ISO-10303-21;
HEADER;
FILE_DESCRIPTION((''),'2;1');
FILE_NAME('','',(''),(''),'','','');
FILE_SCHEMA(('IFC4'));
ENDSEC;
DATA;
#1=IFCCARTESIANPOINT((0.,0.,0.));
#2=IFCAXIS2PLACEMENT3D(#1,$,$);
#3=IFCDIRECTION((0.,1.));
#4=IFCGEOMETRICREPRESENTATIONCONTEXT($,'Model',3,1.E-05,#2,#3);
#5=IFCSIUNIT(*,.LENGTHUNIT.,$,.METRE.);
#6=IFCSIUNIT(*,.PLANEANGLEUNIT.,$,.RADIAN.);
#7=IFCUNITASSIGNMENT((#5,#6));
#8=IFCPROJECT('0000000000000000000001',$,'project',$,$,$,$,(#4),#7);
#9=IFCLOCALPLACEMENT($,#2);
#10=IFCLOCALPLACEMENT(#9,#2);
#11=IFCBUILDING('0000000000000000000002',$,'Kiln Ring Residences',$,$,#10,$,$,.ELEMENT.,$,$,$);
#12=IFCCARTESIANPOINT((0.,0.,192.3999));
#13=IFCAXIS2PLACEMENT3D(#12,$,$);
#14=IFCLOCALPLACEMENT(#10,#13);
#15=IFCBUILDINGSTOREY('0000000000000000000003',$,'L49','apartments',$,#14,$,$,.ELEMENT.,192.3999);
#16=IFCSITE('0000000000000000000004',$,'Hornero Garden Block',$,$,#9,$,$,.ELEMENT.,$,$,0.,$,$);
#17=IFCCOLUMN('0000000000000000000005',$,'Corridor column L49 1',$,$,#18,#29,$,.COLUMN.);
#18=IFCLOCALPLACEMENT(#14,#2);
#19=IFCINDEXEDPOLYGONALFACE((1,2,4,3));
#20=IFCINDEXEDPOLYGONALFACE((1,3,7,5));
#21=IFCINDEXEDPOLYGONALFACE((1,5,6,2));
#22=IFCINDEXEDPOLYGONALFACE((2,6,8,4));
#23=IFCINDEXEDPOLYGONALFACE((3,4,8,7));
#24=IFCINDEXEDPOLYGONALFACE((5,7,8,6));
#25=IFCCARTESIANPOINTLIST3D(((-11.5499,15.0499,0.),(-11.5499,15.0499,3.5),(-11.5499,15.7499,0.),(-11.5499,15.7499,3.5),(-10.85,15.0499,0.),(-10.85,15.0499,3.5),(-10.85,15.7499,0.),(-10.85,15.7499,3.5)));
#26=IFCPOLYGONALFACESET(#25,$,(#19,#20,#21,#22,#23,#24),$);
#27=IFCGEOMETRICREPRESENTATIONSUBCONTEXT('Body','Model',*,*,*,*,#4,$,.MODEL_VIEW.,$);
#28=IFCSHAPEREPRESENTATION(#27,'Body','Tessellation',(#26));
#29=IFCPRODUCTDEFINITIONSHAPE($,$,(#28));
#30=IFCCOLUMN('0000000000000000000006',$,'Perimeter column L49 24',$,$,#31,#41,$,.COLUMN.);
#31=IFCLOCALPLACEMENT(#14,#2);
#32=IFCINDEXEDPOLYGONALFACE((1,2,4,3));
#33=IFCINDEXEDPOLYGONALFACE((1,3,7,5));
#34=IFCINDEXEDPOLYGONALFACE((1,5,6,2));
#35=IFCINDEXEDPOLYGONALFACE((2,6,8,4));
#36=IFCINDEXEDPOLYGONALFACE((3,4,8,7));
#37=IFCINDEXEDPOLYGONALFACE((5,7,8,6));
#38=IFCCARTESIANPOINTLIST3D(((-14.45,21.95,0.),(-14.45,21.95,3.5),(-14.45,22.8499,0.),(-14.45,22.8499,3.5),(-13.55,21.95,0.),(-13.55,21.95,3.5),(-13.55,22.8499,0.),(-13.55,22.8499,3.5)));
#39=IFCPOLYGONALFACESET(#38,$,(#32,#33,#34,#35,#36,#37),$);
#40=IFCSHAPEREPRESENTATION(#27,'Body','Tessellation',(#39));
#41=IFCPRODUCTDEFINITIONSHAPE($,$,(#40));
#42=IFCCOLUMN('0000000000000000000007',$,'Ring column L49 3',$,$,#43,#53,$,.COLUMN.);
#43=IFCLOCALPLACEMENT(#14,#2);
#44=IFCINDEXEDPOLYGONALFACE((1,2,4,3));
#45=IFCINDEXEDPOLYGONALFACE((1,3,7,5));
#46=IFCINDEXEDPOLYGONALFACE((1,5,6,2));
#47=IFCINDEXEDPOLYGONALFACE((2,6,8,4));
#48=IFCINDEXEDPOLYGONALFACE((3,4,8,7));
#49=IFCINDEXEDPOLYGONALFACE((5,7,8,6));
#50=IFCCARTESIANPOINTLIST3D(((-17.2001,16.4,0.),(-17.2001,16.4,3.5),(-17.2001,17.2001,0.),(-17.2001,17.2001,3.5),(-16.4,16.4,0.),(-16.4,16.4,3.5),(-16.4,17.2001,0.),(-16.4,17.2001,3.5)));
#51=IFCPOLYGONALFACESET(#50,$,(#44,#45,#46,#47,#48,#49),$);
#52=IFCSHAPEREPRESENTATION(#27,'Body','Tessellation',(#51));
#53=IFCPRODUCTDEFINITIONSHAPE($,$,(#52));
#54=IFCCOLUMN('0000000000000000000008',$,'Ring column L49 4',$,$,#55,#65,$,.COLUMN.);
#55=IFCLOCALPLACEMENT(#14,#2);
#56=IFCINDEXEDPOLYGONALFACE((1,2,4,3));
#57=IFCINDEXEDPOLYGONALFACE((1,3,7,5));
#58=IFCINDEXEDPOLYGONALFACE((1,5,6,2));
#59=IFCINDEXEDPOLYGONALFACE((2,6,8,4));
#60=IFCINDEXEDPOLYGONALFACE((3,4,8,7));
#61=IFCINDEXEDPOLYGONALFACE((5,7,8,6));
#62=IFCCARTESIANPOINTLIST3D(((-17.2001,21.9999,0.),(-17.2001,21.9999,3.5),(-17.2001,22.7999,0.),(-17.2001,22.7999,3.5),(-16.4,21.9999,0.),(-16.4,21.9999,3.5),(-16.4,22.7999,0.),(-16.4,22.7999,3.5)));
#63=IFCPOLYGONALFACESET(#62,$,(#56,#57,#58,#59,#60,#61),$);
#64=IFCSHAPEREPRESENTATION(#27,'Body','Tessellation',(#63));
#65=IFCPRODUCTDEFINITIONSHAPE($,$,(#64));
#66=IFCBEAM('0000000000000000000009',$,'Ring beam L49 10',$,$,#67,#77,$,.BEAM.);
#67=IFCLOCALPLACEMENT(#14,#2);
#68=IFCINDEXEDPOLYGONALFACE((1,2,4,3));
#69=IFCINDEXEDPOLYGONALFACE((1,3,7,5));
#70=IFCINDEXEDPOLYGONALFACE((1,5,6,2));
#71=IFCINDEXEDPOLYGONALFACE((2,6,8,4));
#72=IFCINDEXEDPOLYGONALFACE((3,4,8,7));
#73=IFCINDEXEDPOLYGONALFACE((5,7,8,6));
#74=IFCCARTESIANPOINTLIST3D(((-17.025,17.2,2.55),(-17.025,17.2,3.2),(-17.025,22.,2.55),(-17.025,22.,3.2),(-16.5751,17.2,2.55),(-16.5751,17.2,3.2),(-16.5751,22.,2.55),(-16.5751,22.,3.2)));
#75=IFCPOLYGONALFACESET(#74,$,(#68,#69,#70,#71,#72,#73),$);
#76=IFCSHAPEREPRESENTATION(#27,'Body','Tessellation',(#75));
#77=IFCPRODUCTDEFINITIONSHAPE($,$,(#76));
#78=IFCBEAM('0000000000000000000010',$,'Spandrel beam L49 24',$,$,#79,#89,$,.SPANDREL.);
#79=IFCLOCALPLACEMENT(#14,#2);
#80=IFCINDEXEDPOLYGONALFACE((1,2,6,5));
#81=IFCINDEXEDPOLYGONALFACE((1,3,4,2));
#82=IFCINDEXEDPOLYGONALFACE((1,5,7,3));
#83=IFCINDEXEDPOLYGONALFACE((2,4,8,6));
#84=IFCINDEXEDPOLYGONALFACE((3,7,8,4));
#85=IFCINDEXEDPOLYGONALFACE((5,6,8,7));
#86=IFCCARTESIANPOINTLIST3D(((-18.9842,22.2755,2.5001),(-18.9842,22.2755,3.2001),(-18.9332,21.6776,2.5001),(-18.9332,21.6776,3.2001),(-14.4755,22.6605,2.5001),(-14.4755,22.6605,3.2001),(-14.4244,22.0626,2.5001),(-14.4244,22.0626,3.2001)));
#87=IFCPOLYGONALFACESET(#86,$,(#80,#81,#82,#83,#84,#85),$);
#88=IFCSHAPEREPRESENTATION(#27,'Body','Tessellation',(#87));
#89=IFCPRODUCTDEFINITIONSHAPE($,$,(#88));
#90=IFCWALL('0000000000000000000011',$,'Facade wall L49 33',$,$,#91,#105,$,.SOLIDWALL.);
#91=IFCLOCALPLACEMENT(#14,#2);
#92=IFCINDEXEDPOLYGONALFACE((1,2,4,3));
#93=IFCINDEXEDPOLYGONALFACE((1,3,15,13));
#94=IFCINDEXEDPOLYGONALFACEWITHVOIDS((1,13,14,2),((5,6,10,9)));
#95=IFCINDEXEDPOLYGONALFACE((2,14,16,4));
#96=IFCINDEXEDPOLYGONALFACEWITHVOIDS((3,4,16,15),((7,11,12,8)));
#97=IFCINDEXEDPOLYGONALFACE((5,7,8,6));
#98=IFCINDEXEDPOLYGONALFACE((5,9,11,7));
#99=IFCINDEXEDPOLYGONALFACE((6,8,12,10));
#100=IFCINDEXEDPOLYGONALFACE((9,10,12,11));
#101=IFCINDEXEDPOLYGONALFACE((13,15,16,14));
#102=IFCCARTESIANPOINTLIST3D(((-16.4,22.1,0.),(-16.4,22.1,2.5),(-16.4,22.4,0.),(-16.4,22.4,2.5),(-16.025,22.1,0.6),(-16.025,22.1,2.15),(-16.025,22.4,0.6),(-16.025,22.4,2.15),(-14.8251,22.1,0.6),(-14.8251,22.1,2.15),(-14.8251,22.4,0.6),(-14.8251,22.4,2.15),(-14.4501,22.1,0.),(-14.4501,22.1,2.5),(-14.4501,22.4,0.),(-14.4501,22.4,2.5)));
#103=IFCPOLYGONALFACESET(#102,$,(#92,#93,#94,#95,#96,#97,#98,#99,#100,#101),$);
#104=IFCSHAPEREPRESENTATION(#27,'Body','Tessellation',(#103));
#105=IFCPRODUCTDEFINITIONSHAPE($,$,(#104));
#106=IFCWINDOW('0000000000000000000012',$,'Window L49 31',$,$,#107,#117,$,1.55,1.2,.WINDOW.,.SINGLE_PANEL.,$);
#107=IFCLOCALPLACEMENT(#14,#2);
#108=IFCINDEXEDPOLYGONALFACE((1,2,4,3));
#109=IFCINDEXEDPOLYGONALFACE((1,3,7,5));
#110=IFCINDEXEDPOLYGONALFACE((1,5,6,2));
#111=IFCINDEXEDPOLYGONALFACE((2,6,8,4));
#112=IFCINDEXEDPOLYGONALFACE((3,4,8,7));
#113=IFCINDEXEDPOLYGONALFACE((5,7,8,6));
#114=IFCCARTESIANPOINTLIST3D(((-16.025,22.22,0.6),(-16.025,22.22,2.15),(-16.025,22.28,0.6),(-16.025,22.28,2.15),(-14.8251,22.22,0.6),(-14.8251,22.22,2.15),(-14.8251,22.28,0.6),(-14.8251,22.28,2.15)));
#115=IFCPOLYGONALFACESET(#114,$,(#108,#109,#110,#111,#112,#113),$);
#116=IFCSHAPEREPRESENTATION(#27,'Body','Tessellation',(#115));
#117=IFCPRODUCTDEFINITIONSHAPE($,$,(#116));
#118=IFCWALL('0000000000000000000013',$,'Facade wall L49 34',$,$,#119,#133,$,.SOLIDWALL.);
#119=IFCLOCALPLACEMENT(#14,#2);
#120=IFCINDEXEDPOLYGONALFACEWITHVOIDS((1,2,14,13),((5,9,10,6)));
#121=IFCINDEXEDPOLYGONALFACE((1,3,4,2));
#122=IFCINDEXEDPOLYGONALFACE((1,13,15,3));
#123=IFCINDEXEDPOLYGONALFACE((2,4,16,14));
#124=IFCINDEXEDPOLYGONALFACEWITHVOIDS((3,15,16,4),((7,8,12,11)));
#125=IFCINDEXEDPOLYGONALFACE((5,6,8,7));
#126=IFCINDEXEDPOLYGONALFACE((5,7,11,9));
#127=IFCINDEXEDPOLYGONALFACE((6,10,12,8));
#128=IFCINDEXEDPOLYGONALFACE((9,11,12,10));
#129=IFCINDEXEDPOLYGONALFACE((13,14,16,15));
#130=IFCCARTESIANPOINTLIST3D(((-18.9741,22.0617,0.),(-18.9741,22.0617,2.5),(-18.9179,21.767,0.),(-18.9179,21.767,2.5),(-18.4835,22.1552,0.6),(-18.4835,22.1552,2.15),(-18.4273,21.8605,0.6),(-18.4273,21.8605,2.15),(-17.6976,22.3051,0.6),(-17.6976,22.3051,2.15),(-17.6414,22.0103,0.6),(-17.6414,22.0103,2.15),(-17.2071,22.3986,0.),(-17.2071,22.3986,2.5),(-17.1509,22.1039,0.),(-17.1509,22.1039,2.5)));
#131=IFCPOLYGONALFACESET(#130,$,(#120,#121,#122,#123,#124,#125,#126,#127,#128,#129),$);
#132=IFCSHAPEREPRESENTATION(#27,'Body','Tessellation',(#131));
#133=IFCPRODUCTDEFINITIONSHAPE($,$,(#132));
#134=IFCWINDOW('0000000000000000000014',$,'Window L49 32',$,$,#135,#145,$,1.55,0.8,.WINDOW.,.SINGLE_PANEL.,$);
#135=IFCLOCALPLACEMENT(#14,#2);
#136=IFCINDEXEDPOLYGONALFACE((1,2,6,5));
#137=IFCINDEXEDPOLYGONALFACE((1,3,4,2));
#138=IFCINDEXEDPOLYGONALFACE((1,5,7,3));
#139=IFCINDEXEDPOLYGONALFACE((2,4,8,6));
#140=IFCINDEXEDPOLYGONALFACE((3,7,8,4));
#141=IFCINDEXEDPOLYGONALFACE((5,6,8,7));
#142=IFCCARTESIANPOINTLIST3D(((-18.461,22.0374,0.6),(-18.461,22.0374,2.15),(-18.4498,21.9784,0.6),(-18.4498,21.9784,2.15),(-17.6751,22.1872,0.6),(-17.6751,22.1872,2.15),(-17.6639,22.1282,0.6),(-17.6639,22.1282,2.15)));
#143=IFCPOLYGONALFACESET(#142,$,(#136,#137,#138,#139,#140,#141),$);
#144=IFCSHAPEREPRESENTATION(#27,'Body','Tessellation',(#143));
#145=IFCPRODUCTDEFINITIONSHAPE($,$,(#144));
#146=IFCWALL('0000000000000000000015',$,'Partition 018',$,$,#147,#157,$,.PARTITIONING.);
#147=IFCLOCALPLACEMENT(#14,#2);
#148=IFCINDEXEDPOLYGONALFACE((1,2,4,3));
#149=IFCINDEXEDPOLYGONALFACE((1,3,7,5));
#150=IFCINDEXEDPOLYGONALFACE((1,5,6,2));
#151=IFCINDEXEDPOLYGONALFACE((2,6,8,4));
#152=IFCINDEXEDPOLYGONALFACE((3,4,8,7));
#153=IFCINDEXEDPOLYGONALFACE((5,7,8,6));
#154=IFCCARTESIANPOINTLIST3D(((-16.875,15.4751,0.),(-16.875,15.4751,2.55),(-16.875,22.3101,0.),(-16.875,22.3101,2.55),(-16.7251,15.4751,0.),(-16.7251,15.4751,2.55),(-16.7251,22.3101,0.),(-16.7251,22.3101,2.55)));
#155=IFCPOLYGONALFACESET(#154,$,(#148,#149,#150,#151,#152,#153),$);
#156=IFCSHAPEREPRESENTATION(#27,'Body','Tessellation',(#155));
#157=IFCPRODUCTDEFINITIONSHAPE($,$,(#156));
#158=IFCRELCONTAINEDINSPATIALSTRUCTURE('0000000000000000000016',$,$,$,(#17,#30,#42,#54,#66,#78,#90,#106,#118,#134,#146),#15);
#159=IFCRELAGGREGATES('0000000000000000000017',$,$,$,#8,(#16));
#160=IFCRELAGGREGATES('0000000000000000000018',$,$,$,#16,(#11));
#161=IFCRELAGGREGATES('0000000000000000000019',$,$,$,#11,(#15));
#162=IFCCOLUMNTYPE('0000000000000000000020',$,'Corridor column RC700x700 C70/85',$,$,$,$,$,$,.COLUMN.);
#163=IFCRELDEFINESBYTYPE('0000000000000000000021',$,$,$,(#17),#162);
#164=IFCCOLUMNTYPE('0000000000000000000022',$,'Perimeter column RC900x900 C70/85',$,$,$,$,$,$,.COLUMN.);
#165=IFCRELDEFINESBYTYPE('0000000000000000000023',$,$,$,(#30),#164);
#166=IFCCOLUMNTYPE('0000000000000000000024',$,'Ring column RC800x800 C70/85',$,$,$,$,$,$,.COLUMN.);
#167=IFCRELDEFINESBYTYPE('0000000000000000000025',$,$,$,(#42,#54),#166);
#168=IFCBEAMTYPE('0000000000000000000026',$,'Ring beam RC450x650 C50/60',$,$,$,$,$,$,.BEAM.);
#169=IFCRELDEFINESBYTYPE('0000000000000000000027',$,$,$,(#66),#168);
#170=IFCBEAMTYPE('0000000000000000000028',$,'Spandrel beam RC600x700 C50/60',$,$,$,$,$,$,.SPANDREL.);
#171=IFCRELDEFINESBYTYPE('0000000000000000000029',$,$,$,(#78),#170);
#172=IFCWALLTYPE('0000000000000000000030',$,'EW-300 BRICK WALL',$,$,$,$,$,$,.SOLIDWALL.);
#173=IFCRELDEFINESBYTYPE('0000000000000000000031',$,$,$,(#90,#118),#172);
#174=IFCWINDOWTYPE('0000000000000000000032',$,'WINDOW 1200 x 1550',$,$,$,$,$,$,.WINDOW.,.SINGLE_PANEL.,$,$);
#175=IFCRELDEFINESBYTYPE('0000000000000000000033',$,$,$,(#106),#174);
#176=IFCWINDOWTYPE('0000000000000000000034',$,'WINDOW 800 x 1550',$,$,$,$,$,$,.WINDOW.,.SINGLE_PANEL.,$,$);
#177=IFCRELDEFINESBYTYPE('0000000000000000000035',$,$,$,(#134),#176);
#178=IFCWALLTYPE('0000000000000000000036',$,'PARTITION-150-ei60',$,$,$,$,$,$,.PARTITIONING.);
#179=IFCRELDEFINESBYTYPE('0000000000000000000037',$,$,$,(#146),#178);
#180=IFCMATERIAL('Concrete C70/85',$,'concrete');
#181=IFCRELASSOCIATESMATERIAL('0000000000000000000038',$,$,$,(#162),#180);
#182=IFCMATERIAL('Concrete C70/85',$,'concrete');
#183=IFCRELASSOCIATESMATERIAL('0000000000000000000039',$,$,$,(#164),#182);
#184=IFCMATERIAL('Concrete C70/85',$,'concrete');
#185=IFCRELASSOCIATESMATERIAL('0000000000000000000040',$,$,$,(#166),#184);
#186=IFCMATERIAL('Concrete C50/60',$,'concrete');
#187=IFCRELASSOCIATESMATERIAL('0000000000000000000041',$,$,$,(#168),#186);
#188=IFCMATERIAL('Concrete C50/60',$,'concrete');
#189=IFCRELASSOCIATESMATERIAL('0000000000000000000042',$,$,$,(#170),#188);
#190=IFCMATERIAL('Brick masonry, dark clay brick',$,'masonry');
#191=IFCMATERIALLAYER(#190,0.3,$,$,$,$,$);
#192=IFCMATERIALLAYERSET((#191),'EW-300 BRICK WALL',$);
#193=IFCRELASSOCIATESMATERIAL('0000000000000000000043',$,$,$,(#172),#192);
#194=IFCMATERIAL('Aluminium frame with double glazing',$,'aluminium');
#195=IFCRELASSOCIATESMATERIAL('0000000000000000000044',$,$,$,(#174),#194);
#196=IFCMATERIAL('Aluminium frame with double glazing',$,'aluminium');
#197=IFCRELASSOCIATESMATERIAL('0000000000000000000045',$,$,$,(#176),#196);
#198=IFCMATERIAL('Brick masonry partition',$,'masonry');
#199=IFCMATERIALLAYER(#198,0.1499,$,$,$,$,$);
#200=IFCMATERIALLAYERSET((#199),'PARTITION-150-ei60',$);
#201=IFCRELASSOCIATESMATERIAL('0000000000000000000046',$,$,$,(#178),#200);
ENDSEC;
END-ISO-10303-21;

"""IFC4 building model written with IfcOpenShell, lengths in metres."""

from ifc_helpers import new_model, si_unit, direction, frame, frame_2d, origin, origin_2d, place, context, subcontext, project, spatial, rectangle, extrude, material, layer, layer_set, material_profile, profile_set, type_object, element, fill, save


model = new_model("IFC4")

# Units and contexts
model_context = context("Model", 3, precision=1e-05, world=origin(), true_north=direction((0.0, 1.0)))
body_context = subcontext(model_context, "Body", "Model", "MODEL_VIEW")
ifc_project = project(units=[si_unit("LENGTHUNIT", "METRE"), si_unit("PLANEANGLEUNIT", "RADIAN")], contexts=[model_context])

# Site, building, storey
site_placement = place(None, origin())
site = spatial("IfcSite", under=ifc_project, at=site_placement, Name="Hornero Garden Block", CompositionType="ELEMENT", RefElevation=0.0)
building_placement = place(site_placement, origin())
building = spatial("IfcBuilding", under=site, at=building_placement, Name="Kiln Ring Residences", CompositionType="ELEMENT")
storey_placement = place(building_placement, frame((0.0, 0.0, 192.3999)))
storey = spatial("IfcBuildingStorey", under=building, at=storey_placement, Name="L49", Description="apartments", CompositionType="ELEMENT", Elevation=192.3999)

# Columns
ifc_material_1 = material(Name="Concrete C70/85", Category="concrete")
ifc_material_profile_1 = material_profile(ifc_material_1, rectangle(XDim=0.7, YDim=0.7, at=origin_2d()), Name="RC700x700")
ifc_profile_set_1 = profile_set([ifc_material_profile_1], Name="Concrete C70/85")
column_type_1 = type_object("IfcColumnType", Name="Corridor column RC700x700 C70/85", PredefinedType="COLUMN", material=ifc_profile_set_1)
column_1_placement = place(storey_placement, frame((-11.2, 15.3999, 0.0), z_axis=(0.0, 0.0, 1.0), x_axis=(1.0, 0.0, 0.0)))
element("IfcColumn", 1, at=column_1_placement, inside=storey, type_object=column_type_1, Name="Corridor column L49 1", PredefinedType="COLUMN", context=body_context, shape_type="SweptSolid", body=[
    extrude(rectangle(XDim=0.7, YDim=0.7, at=origin_2d()), origin(), (0.0, 0.0, 1.0), 3.5),
])
ifc_material_2 = material(Name="Concrete C70/85", Category="concrete")
ifc_material_profile_2 = material_profile(ifc_material_2, rectangle(XDim=0.8999, YDim=0.8999, at=origin_2d()), Name="RC900x900")
ifc_profile_set_2 = profile_set([ifc_material_profile_2], Name="Concrete C70/85")
column_type_2 = type_object("IfcColumnType", Name="Perimeter column RC900x900 C70/85", PredefinedType="COLUMN", material=ifc_profile_set_2)
column_2_placement = place(storey_placement, frame((-14.0, 22.3999, 0.0), z_axis=(0.0, 0.0, 1.0), x_axis=(1.0, 0.0, 0.0)))
element("IfcColumn", 2, at=column_2_placement, inside=storey, type_object=column_type_2, Name="Perimeter column L49 24", PredefinedType="COLUMN", context=body_context, shape_type="SweptSolid", body=[
    extrude(rectangle(XDim=0.8999, YDim=0.8999, at=origin_2d()), origin(), (0.0, 0.0, 1.0), 3.5),
])
ifc_material_3 = material(Name="Concrete C70/85", Category="concrete")
ifc_material_profile_3 = material_profile(ifc_material_3, rectangle(XDim=0.8, YDim=0.8, at=origin_2d()), Name="RC800x800")
ifc_profile_set_3 = profile_set([ifc_material_profile_3], Name="Concrete C70/85")
column_type_3 = type_object("IfcColumnType", Name="Ring column RC800x800 C70/85", PredefinedType="COLUMN", material=ifc_profile_set_3)
for number, where, z_axis, x_axis, name in (
    (3, (-16.8, 16.8, 0.0), (0.0, 0.0, 1.0), (1.0, 0.0, 0.0), "Ring column L49 3"),
    (4, (-16.8, 22.3999, 0.0), (0.0, 0.0, 1.0), (1.0, 0.0, 0.0), "Ring column L49 4"),
):
    element("IfcColumn", number, at=place(storey_placement, frame(where, z_axis=z_axis, x_axis=x_axis)), inside=storey, type_object=column_type_3, Name=name, PredefinedType="COLUMN", context=body_context, shape_type="SweptSolid", body=[
        extrude(rectangle(XDim=0.8, YDim=0.8, at=origin_2d()), origin(), (0.0, 0.0, 1.0), 3.5),
    ])

# Beams
ifc_material_4 = material(Name="Concrete C50/60", Category="concrete")
ifc_material_profile_4 = material_profile(ifc_material_4, rectangle(XDim=0.45, YDim=0.6499, at=origin_2d()), Name="RC450x650")
ifc_profile_set_4 = profile_set([ifc_material_profile_4], Name="Concrete C50/60")
beam_type_1 = type_object("IfcBeamType", Name="Ring beam RC450x650 C50/60", PredefinedType="BEAM", material=ifc_profile_set_4)
beam_1_placement = place(storey_placement, frame((-16.8, 17.2, 2.875), z_axis=(0.0, 1.0, 0.0), x_axis=(-1.0, 0.0, 0.0)))
element("IfcBeam", 5, at=beam_1_placement, inside=storey, type_object=beam_type_1, Name="Ring beam L49 10", PredefinedType="BEAM", context=body_context, shape_type="SweptSolid", body=[
    extrude(rectangle(XDim=0.45, YDim=0.6499, at=origin_2d()), origin(), (0.0, 0.0, 1.0), 4.8),
])
ifc_material_5 = material(Name="Concrete C50/60", Category="concrete")
ifc_material_profile_5 = material_profile(ifc_material_5, rectangle(XDim=0.6001, YDim=0.7, at=origin_2d()), Name="RC600x700")
ifc_profile_set_5 = profile_set([ifc_material_profile_5], Name="Concrete C50/60")
beam_type_2 = type_object("IfcBeamType", Name="Spandrel beam RC600x700 C50/60", PredefinedType="SPANDREL", material=ifc_profile_set_5)
beam_2_placement = place(storey_placement, frame((-14.45, 22.3616, 2.8501), z_axis=(-0.996374, -0.085081, 0.0), x_axis=(0.085081, -0.996374, 0.0)))
element("IfcBeam", 6, at=beam_2_placement, inside=storey, type_object=beam_type_2, Name="Spandrel beam L49 24", PredefinedType="SPANDREL", context=body_context, shape_type="SweptSolid", body=[
    extrude(rectangle(XDim=0.6001, YDim=0.7, at=origin_2d()), origin(), (0.0, 0.0, 1.0), 4.5251),
])

# Walls, openings, windows
ifc_material_6 = material(Name="Brick masonry, dark clay brick", Category="masonry")
ifc_layer_1 = layer(ifc_material_6, 0.3)
ifc_layer_set_1 = layer_set([ifc_layer_1], Name="EW-300 BRICK WALL")
wall_type_1 = type_object("IfcWallType", Name="EW-300 BRICK WALL", PredefinedType="SOLIDWALL", material=ifc_layer_set_1)
wall_1_placement = place(storey_placement, frame((-14.45, 22.25, 0.0), z_axis=(0.0, 0.0, 1.0), x_axis=(-1.0, 0.0, 0.0)))
wall_1 = element("IfcWall", 7, at=wall_1_placement, inside=storey, type_object=wall_type_1, Name="Facade wall L49 33", PredefinedType="SOLIDWALL", context=body_context, shape_type="SweptSolid", body=[
    extrude(rectangle(XDim=1.95, YDim=0.3, at=frame_2d((0.9751, 0.0))), origin(), (0.0, 0.0, 1.0), 2.5),
])
opening_1_placement = place(wall_1_placement, frame((0.375, 0.0, 0.6001)))
opening_1 = element("IfcOpeningElement", 8, at=opening_1_placement, cuts=wall_1, PredefinedType="OPENING", context=body_context, shape_type="SweptSolid", body=[
    extrude(rectangle(XDim=1.2, YDim=1.55, at=frame_2d((0.6001, 0.7749))), frame((0.0, 0.1599, 0.0), z_axis=(0.0, -1.0, 0.0), x_axis=(1.0, 0.0, 0.0)), (0.0, 0.0, 1.0), 0.3201),
])
ifc_material_7 = material(Name="Aluminium frame with double glazing", Category="aluminium")
window_type_1 = type_object("IfcWindowType", Name="WINDOW 1200 x 1550", PartitioningType="SINGLE_PANEL", PredefinedType="WINDOW", material=ifc_material_7)
window_1_placement = place(opening_1_placement, origin())
window_1 = element("IfcWindow", 9, at=window_1_placement, inside=storey, type_object=window_type_1, Name="Window L49 31", OverallHeight=1.55, OverallWidth=1.2, PartitioningType="SINGLE_PANEL", PredefinedType="WINDOW", context=body_context, shape_type="SweptSolid", body=[
    extrude(rectangle(XDim=1.2, YDim=1.55, at=frame_2d((0.6001, 0.7749))), frame((0.0, 0.03, 0.0), z_axis=(0.0, -1.0, 0.0), x_axis=(1.0, 0.0, 0.0)), (0.0, 0.0, 1.0), 0.0601),
])
fill(opening_1, window_1)
wall_2_placement = place(storey_placement, frame((-17.179, 22.2512, 0.0), z_axis=(0.0, 0.0, 1.0), x_axis=(-0.982305, -0.187287, 0.0)))
wall_2 = element("IfcWall", 10, at=wall_2_placement, inside=storey, type_object=wall_type_1, Name="Facade wall L49 34", PredefinedType="SOLIDWALL", context=body_context, shape_type="SweptSolid", body=[
    extrude(rectangle(XDim=1.7988, YDim=0.3, at=frame_2d((0.8994, 0.0))), origin(), (0.0, 0.0, 1.0), 2.5),
])
opening_2_placement = place(wall_2_placement, frame((0.4995, 0.0, 0.6001)))
opening_2 = element("IfcOpeningElement", 11, at=opening_2_placement, cuts=wall_2, PredefinedType="OPENING", context=body_context, shape_type="SweptSolid", body=[
    extrude(rectangle(XDim=0.8, YDim=1.55, at=frame_2d((0.3999, 0.7749))), frame((0.0, 0.1599, 0.0), z_axis=(0.0, -1.0, 0.0), x_axis=(1.0, 0.0, 0.0)), (0.0, 0.0, 1.0), 0.3201),
])
ifc_material_8 = material(Name="Aluminium frame with double glazing", Category="aluminium")
window_type_2 = type_object("IfcWindowType", Name="WINDOW 800 x 1550", PartitioningType="SINGLE_PANEL", PredefinedType="WINDOW", material=ifc_material_8)
window_2_placement = place(opening_2_placement, origin())
window_2 = element("IfcWindow", 12, at=window_2_placement, inside=storey, type_object=window_type_2, Name="Window L49 32", OverallHeight=1.55, OverallWidth=0.8, PartitioningType="SINGLE_PANEL", PredefinedType="WINDOW", context=body_context, shape_type="SweptSolid", body=[
    extrude(rectangle(XDim=0.8, YDim=1.55, at=frame_2d((0.3999, 0.7749))), frame((0.0, 0.03, 0.0), z_axis=(0.0, -1.0, 0.0), x_axis=(1.0, 0.0, 0.0)), (0.0, 0.0, 1.0), 0.0601),
])
fill(opening_2, window_2)

# Wall
ifc_material_9 = material(Name="Brick masonry partition", Category="masonry")
ifc_layer_2 = layer(ifc_material_9, 0.1499)
ifc_layer_set_2 = layer_set([ifc_layer_2], Name="PARTITION-150-ei60")
wall_type_2 = type_object("IfcWallType", Name="PARTITION-150-ei60", PredefinedType="PARTITIONING", material=ifc_layer_set_2)
wall_3_placement = place(storey_placement, frame((-16.8, 15.4751, 0.0), z_axis=(0.0, 0.0, 1.0), x_axis=(0.0, 1.0, 0.0)))
element("IfcWall", 13, at=wall_3_placement, inside=storey, type_object=wall_type_2, Name="Partition 018", PredefinedType="PARTITIONING", context=body_context, shape_type="SweptSolid", body=[
    extrude(rectangle(XDim=6.835, YDim=0.1499, at=frame_2d((3.4175, 0.0))), origin(), (0.0, 0.0, 1.0), 2.55),
])

save(model, "model.ifc")
